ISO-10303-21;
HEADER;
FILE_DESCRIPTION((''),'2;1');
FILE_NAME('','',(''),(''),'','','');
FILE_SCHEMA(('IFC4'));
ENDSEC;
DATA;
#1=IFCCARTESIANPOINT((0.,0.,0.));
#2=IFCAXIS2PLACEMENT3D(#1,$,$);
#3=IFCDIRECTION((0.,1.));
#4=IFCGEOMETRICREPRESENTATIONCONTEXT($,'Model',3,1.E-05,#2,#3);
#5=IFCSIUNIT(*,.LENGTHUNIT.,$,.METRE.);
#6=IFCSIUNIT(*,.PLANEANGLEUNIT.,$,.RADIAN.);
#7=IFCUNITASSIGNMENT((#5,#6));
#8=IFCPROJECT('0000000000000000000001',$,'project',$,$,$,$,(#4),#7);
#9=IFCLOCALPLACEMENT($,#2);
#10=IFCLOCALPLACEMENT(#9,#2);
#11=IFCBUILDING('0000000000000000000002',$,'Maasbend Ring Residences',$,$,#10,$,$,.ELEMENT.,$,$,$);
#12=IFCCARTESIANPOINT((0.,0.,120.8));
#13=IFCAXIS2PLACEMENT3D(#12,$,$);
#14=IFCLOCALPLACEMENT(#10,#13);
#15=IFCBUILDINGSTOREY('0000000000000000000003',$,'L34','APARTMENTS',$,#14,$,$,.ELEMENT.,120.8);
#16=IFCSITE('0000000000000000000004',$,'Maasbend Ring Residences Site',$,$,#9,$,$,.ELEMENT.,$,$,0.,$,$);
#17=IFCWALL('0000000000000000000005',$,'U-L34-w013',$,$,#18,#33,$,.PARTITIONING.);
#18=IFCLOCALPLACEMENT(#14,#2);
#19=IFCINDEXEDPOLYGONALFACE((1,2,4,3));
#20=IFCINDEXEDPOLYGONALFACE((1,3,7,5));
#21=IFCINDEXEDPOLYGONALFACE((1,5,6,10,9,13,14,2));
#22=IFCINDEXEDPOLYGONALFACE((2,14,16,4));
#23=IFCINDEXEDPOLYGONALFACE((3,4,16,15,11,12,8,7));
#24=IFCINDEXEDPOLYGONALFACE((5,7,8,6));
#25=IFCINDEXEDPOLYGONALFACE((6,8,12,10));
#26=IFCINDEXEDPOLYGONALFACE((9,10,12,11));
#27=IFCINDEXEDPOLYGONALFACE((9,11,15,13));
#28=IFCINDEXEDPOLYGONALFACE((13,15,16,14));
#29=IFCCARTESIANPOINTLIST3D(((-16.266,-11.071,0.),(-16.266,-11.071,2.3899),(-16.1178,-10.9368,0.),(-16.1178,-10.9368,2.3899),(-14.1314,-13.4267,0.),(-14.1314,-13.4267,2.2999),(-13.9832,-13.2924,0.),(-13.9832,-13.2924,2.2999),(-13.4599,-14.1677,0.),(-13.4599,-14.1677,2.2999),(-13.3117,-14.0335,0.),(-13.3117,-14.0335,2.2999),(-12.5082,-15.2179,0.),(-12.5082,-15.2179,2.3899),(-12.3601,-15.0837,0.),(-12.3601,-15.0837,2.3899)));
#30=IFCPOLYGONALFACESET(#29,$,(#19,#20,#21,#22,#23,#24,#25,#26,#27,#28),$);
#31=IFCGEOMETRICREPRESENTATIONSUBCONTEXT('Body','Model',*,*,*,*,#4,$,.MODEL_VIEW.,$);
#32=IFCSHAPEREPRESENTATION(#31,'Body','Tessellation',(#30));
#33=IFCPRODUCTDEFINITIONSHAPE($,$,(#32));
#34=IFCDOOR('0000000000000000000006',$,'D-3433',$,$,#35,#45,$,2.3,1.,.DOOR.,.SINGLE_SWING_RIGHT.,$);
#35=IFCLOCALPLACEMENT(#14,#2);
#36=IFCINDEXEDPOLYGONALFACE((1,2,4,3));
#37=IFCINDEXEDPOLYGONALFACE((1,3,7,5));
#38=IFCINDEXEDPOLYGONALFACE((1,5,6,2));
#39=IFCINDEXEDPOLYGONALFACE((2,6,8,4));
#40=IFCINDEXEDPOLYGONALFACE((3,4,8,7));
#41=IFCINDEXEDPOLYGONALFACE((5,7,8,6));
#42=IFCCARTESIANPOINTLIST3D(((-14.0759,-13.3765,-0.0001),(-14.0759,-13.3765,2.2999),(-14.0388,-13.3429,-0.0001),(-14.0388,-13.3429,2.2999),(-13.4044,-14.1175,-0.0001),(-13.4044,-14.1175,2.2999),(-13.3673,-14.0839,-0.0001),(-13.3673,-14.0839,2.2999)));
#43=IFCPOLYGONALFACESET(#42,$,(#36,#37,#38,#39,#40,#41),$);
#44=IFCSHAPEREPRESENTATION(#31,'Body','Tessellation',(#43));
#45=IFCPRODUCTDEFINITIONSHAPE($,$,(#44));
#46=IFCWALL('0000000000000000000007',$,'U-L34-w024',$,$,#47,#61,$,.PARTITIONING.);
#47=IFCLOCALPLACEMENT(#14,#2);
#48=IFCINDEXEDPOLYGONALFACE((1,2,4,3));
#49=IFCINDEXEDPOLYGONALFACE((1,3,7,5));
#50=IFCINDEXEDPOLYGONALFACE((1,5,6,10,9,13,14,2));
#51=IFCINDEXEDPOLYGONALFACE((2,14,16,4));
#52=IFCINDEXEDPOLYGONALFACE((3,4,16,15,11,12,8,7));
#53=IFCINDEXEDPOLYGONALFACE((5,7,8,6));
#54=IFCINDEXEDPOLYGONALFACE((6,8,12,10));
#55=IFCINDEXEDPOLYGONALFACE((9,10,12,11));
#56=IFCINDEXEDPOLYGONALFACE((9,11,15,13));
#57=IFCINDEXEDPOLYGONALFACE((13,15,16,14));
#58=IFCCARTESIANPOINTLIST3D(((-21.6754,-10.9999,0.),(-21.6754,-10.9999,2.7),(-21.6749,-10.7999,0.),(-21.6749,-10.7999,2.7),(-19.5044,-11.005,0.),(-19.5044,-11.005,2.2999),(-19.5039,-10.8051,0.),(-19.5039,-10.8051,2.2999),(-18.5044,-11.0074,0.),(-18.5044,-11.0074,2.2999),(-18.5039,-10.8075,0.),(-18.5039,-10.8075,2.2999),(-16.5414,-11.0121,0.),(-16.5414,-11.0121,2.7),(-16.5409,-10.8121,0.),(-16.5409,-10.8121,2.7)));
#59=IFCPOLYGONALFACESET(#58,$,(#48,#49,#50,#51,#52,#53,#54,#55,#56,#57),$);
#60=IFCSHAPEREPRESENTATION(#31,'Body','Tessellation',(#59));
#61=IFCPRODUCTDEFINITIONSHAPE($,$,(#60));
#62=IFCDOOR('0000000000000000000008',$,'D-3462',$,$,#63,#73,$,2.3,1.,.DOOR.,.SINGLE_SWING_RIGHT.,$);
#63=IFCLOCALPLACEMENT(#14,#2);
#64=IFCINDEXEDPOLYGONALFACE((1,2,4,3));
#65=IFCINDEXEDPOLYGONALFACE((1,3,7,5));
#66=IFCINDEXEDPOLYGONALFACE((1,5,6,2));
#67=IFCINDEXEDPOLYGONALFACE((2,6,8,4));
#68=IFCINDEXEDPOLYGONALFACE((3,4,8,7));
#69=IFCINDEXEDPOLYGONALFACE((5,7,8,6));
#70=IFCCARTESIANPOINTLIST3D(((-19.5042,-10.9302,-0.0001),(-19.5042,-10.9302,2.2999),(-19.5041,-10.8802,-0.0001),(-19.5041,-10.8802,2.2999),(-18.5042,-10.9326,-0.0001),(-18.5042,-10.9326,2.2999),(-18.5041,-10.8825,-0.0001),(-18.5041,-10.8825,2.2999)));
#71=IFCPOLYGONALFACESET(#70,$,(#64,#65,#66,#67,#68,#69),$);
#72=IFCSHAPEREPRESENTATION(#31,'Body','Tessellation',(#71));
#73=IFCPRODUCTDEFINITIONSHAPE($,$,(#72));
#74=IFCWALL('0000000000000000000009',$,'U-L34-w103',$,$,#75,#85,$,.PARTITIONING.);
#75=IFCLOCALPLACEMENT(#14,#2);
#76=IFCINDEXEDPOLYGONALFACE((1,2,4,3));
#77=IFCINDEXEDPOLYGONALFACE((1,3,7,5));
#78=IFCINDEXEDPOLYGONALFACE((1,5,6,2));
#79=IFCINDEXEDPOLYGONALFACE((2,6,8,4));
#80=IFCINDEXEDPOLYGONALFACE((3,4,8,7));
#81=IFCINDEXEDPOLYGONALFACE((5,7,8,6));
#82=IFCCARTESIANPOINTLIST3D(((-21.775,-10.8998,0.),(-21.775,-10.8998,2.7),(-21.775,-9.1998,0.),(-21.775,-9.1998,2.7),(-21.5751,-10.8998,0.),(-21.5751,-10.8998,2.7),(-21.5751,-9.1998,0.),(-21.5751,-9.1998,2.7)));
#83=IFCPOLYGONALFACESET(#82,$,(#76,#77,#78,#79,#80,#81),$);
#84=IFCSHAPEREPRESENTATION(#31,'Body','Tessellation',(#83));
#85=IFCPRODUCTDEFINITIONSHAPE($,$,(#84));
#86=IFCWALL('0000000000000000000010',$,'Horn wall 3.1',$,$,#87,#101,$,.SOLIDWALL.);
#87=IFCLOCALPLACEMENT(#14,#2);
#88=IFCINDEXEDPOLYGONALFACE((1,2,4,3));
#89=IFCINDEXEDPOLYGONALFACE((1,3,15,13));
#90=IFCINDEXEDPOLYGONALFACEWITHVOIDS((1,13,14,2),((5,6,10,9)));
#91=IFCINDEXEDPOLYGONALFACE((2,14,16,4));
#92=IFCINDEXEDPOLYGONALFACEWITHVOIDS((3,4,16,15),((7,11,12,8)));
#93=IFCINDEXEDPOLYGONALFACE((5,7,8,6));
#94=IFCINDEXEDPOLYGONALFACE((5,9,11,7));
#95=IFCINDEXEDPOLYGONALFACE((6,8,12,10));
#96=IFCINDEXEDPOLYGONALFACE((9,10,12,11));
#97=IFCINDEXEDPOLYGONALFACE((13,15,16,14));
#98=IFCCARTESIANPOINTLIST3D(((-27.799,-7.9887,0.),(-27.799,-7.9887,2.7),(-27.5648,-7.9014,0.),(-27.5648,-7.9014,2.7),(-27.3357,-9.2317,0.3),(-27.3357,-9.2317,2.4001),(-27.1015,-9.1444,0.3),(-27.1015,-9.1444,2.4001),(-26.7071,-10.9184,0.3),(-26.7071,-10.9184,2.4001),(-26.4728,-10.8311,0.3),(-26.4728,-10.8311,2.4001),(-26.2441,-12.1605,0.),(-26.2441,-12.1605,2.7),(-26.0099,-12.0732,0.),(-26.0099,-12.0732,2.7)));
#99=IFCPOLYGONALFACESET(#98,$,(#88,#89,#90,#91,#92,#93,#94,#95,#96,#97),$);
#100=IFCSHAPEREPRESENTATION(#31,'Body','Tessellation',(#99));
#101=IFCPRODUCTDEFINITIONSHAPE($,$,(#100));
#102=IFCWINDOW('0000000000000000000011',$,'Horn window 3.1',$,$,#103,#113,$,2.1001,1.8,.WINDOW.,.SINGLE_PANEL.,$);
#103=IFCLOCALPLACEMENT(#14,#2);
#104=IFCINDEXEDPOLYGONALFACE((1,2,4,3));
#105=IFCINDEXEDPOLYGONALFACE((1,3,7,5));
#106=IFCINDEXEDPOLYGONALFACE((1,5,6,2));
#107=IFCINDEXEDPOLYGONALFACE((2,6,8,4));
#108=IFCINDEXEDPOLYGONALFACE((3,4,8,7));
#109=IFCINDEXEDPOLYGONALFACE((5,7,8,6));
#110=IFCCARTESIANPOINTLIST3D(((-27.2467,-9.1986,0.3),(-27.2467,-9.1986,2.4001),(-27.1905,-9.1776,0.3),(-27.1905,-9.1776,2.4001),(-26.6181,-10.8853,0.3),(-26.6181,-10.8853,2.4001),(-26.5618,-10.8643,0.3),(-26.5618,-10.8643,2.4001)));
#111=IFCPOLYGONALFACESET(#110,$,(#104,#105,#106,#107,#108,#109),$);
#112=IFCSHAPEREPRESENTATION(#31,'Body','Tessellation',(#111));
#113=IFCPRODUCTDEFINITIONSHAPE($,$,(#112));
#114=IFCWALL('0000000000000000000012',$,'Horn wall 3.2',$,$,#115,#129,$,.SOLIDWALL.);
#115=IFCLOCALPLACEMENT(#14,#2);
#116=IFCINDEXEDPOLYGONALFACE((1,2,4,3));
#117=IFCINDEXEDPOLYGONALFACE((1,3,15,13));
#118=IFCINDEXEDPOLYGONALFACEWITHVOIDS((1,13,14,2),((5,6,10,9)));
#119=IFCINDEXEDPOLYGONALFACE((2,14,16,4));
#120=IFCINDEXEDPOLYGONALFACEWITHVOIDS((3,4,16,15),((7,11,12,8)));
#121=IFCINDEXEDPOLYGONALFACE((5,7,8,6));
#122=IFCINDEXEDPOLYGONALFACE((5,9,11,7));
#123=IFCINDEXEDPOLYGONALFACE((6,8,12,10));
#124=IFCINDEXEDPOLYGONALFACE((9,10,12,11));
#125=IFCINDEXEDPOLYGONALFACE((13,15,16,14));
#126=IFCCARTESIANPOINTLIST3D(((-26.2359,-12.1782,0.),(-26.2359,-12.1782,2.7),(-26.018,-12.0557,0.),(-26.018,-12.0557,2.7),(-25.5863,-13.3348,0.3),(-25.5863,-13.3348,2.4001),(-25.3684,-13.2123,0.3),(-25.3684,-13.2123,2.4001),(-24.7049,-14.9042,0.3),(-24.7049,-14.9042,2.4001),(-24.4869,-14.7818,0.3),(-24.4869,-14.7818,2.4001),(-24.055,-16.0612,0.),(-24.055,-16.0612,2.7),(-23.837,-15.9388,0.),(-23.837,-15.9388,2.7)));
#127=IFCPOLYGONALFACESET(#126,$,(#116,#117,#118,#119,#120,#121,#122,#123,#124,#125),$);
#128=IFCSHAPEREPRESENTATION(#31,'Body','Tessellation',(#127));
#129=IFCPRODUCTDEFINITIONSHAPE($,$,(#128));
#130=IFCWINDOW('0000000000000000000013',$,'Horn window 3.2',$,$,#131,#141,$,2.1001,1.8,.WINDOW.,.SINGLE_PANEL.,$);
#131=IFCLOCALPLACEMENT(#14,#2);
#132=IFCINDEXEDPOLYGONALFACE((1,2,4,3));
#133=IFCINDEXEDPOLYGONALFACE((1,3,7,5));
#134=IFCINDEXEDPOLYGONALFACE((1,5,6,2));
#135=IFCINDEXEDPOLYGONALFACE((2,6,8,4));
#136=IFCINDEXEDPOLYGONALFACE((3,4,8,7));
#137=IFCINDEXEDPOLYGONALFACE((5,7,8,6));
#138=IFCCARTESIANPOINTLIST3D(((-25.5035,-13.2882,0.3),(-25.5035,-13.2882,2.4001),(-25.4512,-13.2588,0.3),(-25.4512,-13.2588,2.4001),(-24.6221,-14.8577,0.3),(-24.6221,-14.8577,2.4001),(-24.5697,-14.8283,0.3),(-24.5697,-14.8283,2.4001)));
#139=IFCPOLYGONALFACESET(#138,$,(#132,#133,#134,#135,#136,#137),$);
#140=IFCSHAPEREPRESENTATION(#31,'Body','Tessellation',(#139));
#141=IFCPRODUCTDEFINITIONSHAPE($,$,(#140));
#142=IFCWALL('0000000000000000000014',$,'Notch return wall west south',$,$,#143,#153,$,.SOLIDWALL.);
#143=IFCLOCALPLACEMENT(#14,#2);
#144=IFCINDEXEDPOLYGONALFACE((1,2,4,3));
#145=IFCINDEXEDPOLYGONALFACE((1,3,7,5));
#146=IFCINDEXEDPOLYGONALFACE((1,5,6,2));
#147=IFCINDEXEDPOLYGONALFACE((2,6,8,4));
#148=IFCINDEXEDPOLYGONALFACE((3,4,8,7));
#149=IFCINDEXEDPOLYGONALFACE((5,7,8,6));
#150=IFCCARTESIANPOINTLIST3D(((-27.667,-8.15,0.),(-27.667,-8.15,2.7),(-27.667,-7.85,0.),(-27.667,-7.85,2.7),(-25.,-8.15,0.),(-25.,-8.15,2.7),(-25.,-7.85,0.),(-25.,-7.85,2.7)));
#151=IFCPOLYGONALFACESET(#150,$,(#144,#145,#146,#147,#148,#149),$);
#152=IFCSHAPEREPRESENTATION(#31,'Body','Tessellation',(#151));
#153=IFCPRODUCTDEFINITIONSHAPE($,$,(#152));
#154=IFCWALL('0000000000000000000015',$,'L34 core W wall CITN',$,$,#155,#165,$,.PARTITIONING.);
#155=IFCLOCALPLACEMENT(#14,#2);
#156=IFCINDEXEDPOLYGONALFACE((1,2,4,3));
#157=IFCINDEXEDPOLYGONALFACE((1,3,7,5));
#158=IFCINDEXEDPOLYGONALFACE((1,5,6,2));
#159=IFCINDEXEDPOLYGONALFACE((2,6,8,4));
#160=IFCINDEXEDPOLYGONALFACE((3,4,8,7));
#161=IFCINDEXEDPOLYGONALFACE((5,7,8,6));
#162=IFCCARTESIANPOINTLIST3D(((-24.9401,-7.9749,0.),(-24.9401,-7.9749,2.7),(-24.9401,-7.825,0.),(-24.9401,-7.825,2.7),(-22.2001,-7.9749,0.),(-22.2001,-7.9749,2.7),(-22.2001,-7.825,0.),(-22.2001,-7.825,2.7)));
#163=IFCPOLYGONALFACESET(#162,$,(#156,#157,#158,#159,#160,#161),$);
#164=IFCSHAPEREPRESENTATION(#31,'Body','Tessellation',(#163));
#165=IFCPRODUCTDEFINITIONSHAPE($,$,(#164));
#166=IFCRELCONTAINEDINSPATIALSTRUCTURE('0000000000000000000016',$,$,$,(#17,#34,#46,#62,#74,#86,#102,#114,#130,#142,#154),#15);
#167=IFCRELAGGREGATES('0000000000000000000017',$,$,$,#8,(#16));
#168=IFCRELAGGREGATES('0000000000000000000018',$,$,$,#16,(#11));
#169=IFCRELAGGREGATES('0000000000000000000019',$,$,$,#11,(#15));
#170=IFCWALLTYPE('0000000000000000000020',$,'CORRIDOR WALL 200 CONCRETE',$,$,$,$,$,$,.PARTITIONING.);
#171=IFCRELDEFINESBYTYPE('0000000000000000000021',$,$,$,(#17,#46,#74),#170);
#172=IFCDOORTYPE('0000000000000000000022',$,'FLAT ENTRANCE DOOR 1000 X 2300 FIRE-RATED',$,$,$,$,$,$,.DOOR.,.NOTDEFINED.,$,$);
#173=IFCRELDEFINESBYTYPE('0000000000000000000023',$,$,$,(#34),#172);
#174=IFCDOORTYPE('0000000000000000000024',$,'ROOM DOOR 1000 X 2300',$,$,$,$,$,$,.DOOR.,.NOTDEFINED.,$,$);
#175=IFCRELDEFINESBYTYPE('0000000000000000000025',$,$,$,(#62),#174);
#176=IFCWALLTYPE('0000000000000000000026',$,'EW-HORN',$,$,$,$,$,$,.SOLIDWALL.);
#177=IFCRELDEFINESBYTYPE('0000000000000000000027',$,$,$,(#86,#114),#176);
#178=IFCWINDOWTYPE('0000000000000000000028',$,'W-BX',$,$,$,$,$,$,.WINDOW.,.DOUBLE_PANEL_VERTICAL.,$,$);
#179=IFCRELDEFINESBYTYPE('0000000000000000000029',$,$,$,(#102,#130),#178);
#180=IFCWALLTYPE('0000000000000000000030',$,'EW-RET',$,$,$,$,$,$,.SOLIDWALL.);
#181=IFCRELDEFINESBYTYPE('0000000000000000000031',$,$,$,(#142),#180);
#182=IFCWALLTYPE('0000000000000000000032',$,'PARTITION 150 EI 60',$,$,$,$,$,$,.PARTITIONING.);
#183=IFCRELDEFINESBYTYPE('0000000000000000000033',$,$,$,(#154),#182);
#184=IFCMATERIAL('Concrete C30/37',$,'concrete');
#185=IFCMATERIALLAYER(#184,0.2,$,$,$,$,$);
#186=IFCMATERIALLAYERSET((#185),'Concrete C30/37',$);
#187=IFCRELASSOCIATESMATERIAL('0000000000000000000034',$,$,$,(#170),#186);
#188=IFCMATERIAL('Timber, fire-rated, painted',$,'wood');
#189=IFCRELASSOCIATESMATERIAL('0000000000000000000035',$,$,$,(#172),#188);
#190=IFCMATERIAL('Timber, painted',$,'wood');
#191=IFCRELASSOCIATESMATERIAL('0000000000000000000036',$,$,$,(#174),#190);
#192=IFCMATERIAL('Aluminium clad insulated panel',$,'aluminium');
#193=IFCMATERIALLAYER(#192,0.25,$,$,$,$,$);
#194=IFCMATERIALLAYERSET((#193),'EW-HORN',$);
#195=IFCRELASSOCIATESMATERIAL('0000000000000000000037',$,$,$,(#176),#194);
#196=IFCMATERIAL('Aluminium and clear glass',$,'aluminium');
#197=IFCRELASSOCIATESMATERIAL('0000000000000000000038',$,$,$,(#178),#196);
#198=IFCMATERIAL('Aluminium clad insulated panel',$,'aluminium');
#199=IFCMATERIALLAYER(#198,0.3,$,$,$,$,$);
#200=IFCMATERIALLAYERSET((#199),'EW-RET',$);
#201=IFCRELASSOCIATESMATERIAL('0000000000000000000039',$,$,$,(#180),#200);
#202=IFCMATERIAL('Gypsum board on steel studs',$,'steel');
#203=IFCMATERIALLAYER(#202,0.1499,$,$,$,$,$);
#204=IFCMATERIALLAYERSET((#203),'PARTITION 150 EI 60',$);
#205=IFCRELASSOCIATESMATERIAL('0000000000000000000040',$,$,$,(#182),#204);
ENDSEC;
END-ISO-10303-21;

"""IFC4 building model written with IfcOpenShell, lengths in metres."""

from ifc_helpers import new_model, si_unit, direction, frame, frame_2d, origin, place, context, subcontext, project, spatial, rectangle, extrude, material, layer, layer_set, type_object, element, fill, save


model = new_model("IFC4")

# Units and contexts
model_context = context("Model", 3, precision=1e-05, world=origin(), true_north=direction((0.0, 1.0)))
body_context = subcontext(model_context, "Body", "Model", "MODEL_VIEW")
ifc_project = project(units=[si_unit("LENGTHUNIT", "METRE"), si_unit("PLANEANGLEUNIT", "RADIAN")], contexts=[model_context])

# Site, building, storey
site_placement = place(None, origin())
site = spatial("IfcSite", under=ifc_project, at=site_placement, Name="Maasbend Ring Residences Site", CompositionType="ELEMENT", RefElevation=0.0)
building_placement = place(site_placement, origin())
building = spatial("IfcBuilding", under=site, at=building_placement, Name="Maasbend Ring Residences", CompositionType="ELEMENT")
storey_placement = place(building_placement, frame((0.0, 0.0, 120.8)))
storey = spatial("IfcBuildingStorey", under=building, at=storey_placement, Name="L34", Description="APARTMENTS", CompositionType="ELEMENT", Elevation=120.8)

# Walls, openings, doors
ifc_material_1 = material(Name="Concrete C30/37", Category="concrete")
ifc_layer_1 = layer(ifc_material_1, 0.2)
ifc_layer_set_1 = layer_set([ifc_layer_1], Name="Concrete C30/37")
wall_type_1 = type_object("IfcWallType", Name="CORRIDOR WALL 200 CONCRETE", PredefinedType="PARTITIONING", material=ifc_layer_set_1)
wall_1_placement = place(storey_placement, frame((-16.1919, -11.0039, 0.0), z_axis=(0.0, 0.0, 1.0), x_axis=(0.671482, -0.741021, 0.0)))
wall_1 = element("IfcWall", 1, at=wall_1_placement, inside=storey, type_object=wall_type_1, Name="U-L34-w013", PredefinedType="PARTITIONING", context=body_context, shape_type="SweptSolid", body=[
    extrude(rectangle(XDim=5.5962, YDim=0.2, at=frame_2d((2.7981, 0.0))), origin(), (0.0, 0.0, 1.0), 2.3899),
])
opening_1_placement = place(wall_1_placement, frame((3.179, 0.0, 0.0)))
opening_1 = element("IfcOpeningElement", 2, at=opening_1_placement, cuts=wall_1, PredefinedType="OPENING", context=body_context, shape_type="SweptSolid", body=[
    extrude(rectangle(XDim=1.0, YDim=2.3, at=frame_2d((0.5, 1.1499))), frame((0.0, 0.1099, 0.0), z_axis=(0.0, -1.0, 0.0), x_axis=(1.0, 0.0, 0.0)), (0.0, 0.0, 1.0), 0.22),
])
ifc_material_2 = material(Name="Timber, fire-rated, painted", Category="wood")
door_type_1 = type_object("IfcDoorType", Name="FLAT ENTRANCE DOOR 1000 X 2300 FIRE-RATED", OperationType="NOTDEFINED", PredefinedType="DOOR", material=ifc_material_2)
door_1_placement = place(opening_1_placement, origin())
door_1 = element("IfcDoor", 3, at=door_1_placement, inside=storey, type_object=door_type_1, Name="D-3433", OperationType="SINGLE_SWING_RIGHT", OverallHeight=2.3, OverallWidth=1.0, PredefinedType="DOOR", context=body_context, shape_type="SweptSolid", body=[
    extrude(rectangle(XDim=1.0, YDim=2.3, at=frame_2d((0.5, 1.1499))), frame((0.0, 0.0249, 0.0), z_axis=(0.0, -1.0, 0.0), x_axis=(1.0, 0.0, 0.0)), (0.0, 0.0, 1.0), 0.05),
])
fill(opening_1, door_1)
wall_2_placement = place(storey_placement, frame((-21.675, -10.8999, 0.0), z_axis=(0.0, 0.0, 1.0), x_axis=(0.999997, -0.002378, 0.0)))
wall_2 = element("IfcWall", 4, at=wall_2_placement, inside=storey, type_object=wall_type_1, Name="U-L34-w024", PredefinedType="PARTITIONING", context=body_context, shape_type="SweptSolid", body=[
    extrude(rectangle(XDim=5.134, YDim=0.2, at=frame_2d((2.5669, 0.0))), origin(), (0.0, 0.0, 1.0), 2.7),
])
opening_2_placement = place(wall_2_placement, frame((2.1709, 0.0, 0.0)))
opening_2 = element("IfcOpeningElement", 5, at=opening_2_placement, cuts=wall_2, PredefinedType="OPENING", context=body_context, shape_type="SweptSolid", body=[
    extrude(rectangle(XDim=1.0, YDim=2.3, at=frame_2d((0.5, 1.1499))), frame((0.0, 0.1099, 0.0), z_axis=(0.0, -1.0, 0.0), x_axis=(1.0, 0.0, 0.0)), (0.0, 0.0, 1.0), 0.22),
])
ifc_material_3 = material(Name="Timber, painted", Category="wood")
door_type_2 = type_object("IfcDoorType", Name="ROOM DOOR 1000 X 2300", OperationType="NOTDEFINED", PredefinedType="DOOR", material=ifc_material_3)
door_2_placement = place(opening_2_placement, origin())
door_2 = element("IfcDoor", 6, at=door_2_placement, inside=storey, type_object=door_type_2, Name="D-3462", OperationType="SINGLE_SWING_RIGHT", OverallHeight=2.3, OverallWidth=1.0, PredefinedType="DOOR", context=body_context, shape_type="SweptSolid", body=[
    extrude(rectangle(XDim=1.0, YDim=2.3, at=frame_2d((0.5, 1.1499))), frame((0.0, 0.0249, 0.0), z_axis=(0.0, -1.0, 0.0), x_axis=(1.0, 0.0, 0.0)), (0.0, 0.0, 1.0), 0.05),
])
fill(opening_2, door_2)

# Wall
wall_3_placement = place(storey_placement, frame((-21.675, -10.8999, 0.0), z_axis=(0.0, 0.0, 1.0), x_axis=(0.0, 1.0, 0.0)))
element("IfcWall", 7, at=wall_3_placement, inside=storey, type_object=wall_type_1, Name="U-L34-w103", PredefinedType="PARTITIONING", context=body_context, shape_type="SweptSolid", body=[
    extrude(rectangle(XDim=1.7, YDim=0.2, at=frame_2d((0.8501, 0.0))), origin(), (0.0, 0.0, 1.0), 2.7),
])

# Walls, openings, windows
ifc_material_4 = material(Name="Aluminium clad insulated panel", Category="aluminium")
ifc_layer_2 = layer(ifc_material_4, 0.25)
ifc_layer_set_2 = layer_set([ifc_layer_2], Name="EW-HORN")
wall_type_2 = type_object("IfcWallType", Name="EW-HORN", PredefinedType="SOLIDWALL", material=ifc_layer_set_2)
wall_4_placement = place(storey_placement, frame((-27.6819, -7.9451, 0.0), z_axis=(0.0, 0.0, 1.0), x_axis=(0.349248, -0.93703, 0.0)))
wall_4 = element("IfcWall", 8, at=wall_4_placement, inside=storey, type_object=wall_type_2, Name="Horn wall 3.1", PredefinedType="SOLIDWALL", context=body_context, shape_type="SweptSolid", body=[
    extrude(rectangle(XDim=4.4521, YDim=0.25, at=frame_2d((2.2261, 0.0))), origin(), (0.0, 0.0, 1.0), 2.7),
])
opening_3_placement = place(wall_4_placement, frame((1.3267, 0.0, 0.3)))
opening_3 = element("IfcOpeningElement", 9, at=opening_3_placement, cuts=wall_4, PredefinedType="OPENING", context=body_context, shape_type="SweptSolid", body=[
    extrude(rectangle(XDim=1.8, YDim=2.1001, at=frame_2d((0.8999, 1.05))), frame((0.0, 0.135, 0.0), z_axis=(0.0, -1.0, 0.0), x_axis=(1.0, 0.0, 0.0)), (0.0, 0.0, 1.0), 0.27),
])
ifc_material_5 = material(Name="Aluminium and clear glass", Category="aluminium")
window_type = type_object("IfcWindowType", Name="W-BX", PartitioningType="DOUBLE_PANEL_VERTICAL", PredefinedType="WINDOW", material=ifc_material_5)
window_1_placement = place(opening_3_placement, origin())
window_1 = element("IfcWindow", 10, at=window_1_placement, inside=storey, type_object=window_type, Name="Horn window 3.1", OverallHeight=2.1001, OverallWidth=1.8, PartitioningType="SINGLE_PANEL", PredefinedType="WINDOW", context=body_context, shape_type="SweptSolid", body=[
    extrude(rectangle(XDim=1.8, YDim=2.1001, at=frame_2d((0.8999, 1.05))), frame((0.0, 0.03, 0.0), z_axis=(0.0, -1.0, 0.0), x_axis=(1.0, 0.0, 0.0)), (0.0, 0.0, 1.0), 0.0601),
])
fill(opening_3, window_1)
wall_5_placement = place(storey_placement, frame((-26.127, -12.1169, 0.0), z_axis=(0.0, 0.0, 1.0), x_axis=(0.489696, -0.871893, 0.0)))
wall_5 = element("IfcWall", 11, at=wall_5_placement, inside=storey, type_object=wall_type_2, Name="Horn wall 3.2", PredefinedType="SOLIDWALL", context=body_context, shape_type="SweptSolid", body=[
    extrude(rectangle(XDim=4.4536, YDim=0.25, at=frame_2d((2.2268, 0.0))), origin(), (0.0, 0.0, 1.0), 2.7),
])
opening_4_placement = place(wall_5_placement, frame((1.3267, 0.0, 0.3)))
opening_4 = element("IfcOpeningElement", 12, at=opening_4_placement, cuts=wall_5, PredefinedType="OPENING", context=body_context, shape_type="SweptSolid", body=[
    extrude(rectangle(XDim=1.8, YDim=2.1001, at=frame_2d((0.8999, 1.05))), frame((0.0, 0.135, 0.0), z_axis=(0.0, -1.0, 0.0), x_axis=(1.0, 0.0, 0.0)), (0.0, 0.0, 1.0), 0.27),
])
window_2_placement = place(opening_4_placement, origin())
window_2 = element("IfcWindow", 13, at=window_2_placement, inside=storey, type_object=window_type, Name="Horn window 3.2", OverallHeight=2.1001, OverallWidth=1.8, PartitioningType="SINGLE_PANEL", PredefinedType="WINDOW", context=body_context, shape_type="SweptSolid", body=[
    extrude(rectangle(XDim=1.8, YDim=2.1001, at=frame_2d((0.8999, 1.05))), frame((0.0, 0.03, 0.0), z_axis=(0.0, -1.0, 0.0), x_axis=(1.0, 0.0, 0.0)), (0.0, 0.0, 1.0), 0.0601),
])
fill(opening_4, window_2)

# Walls
ifc_material_6 = material(Name="Aluminium clad insulated panel", Category="aluminium")
ifc_layer_3 = layer(ifc_material_6, 0.3)
ifc_layer_set_3 = layer_set([ifc_layer_3], Name="EW-RET")
wall_type_3 = type_object("IfcWallType", Name="EW-RET", PredefinedType="SOLIDWALL", material=ifc_layer_set_3)
wall_6_placement = place(storey_placement, frame((-25.0, -8.0, 0.0), z_axis=(0.0, 0.0, 1.0), x_axis=(-1.0, 0.0, 0.0)))
element("IfcWall", 14, at=wall_6_placement, inside=storey, type_object=wall_type_3, Name="Notch return wall west south", PredefinedType="SOLIDWALL", context=body_context, shape_type="SweptSolid", body=[
    extrude(rectangle(XDim=2.667, YDim=0.3, at=frame_2d((1.3335, 0.0))), origin(), (0.0, 0.0, 1.0), 2.7),
])
ifc_material_7 = material(Name="Gypsum board on steel studs", Category="steel")
ifc_layer_4 = layer(ifc_material_7, 0.1499)
ifc_layer_set_4 = layer_set([ifc_layer_4], Name="PARTITION 150 EI 60")
wall_type_4 = type_object("IfcWallType", Name="PARTITION 150 EI 60", PredefinedType="PARTITIONING", material=ifc_layer_set_4)
wall_7_placement = place(storey_placement, frame((-22.2, -7.8999, 0.0), z_axis=(0.0, 0.0, 1.0), x_axis=(-1.0, 0.0, 0.0)))
element("IfcWall", 15, at=wall_7_placement, inside=storey, type_object=wall_type_4, Name="L34 core W wall CITN", PredefinedType="PARTITIONING", context=body_context, shape_type="SweptSolid", body=[
    extrude(rectangle(XDim=2.74, YDim=0.1499, at=frame_2d((1.3701, 0.0))), origin(), (0.0, 0.0, 1.0), 2.7),
])

save(model, "model.ifc")
